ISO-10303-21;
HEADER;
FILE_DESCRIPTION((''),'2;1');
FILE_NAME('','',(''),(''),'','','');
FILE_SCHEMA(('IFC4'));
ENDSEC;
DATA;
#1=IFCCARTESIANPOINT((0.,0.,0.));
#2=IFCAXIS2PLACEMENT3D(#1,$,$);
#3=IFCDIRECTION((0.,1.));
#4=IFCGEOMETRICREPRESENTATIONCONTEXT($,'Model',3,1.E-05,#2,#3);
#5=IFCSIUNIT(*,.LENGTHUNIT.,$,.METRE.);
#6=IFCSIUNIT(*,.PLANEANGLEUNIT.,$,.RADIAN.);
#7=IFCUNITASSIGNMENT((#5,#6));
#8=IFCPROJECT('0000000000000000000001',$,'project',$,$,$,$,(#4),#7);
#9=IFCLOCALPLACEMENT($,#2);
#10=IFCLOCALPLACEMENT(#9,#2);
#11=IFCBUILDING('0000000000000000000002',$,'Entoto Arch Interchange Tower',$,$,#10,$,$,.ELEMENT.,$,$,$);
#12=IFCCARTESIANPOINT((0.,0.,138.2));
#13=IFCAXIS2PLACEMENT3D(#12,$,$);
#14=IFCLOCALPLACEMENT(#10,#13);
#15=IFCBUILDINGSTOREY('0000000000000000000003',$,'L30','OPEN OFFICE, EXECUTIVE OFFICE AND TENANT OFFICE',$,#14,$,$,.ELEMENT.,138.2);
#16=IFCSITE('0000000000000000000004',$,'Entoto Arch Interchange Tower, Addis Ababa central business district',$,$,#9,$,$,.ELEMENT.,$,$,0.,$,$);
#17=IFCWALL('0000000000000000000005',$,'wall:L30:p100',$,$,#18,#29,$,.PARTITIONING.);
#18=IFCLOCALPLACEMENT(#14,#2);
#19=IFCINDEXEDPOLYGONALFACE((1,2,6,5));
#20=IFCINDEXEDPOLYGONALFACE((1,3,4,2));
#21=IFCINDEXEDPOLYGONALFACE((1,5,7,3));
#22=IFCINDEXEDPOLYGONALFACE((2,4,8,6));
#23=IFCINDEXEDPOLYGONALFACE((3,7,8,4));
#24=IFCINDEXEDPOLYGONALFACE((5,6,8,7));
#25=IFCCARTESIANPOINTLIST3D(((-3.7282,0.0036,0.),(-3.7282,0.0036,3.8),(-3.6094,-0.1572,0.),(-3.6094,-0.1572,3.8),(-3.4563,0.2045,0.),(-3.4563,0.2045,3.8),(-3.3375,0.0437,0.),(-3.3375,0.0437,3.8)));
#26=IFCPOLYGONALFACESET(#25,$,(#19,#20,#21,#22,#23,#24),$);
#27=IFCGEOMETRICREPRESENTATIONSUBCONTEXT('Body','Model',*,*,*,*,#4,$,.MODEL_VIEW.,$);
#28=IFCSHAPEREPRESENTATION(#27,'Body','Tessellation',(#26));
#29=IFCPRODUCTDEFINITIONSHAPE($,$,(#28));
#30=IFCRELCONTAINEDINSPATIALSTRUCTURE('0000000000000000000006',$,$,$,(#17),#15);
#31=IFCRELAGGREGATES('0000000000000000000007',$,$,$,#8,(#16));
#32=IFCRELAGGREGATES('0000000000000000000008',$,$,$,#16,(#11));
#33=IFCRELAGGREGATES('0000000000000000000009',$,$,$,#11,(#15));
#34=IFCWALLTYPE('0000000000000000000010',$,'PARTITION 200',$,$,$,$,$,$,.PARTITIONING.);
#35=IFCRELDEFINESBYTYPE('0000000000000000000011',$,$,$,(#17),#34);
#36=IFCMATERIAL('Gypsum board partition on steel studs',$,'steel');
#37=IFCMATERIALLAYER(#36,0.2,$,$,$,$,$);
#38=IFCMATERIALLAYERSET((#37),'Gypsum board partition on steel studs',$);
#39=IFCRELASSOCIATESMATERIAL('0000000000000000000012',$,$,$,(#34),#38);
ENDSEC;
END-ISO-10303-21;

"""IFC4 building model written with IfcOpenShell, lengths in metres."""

from ifc_helpers import new_model, si_unit, direction, frame, frame_2d, origin, place, context, subcontext, project, spatial, rectangle, extrude, material, layer, layer_set, type_object, element, save


model = new_model("IFC4")

# Units and contexts
model_context = context("Model", 3, precision=1e-05, world=origin(), true_north=direction((0.0, 1.0)))
body_context = subcontext(model_context, "Body", "Model", "MODEL_VIEW")
ifc_project = project(units=[si_unit("LENGTHUNIT", "METRE"), si_unit("PLANEANGLEUNIT", "RADIAN")], contexts=[model_context])

# Site, building, storey
site_placement = place(None, origin())
site = spatial("IfcSite", under=ifc_project, at=site_placement, Name="Entoto Arch Interchange Tower, Addis Ababa central business district", CompositionType="ELEMENT", RefElevation=0.0)
building_placement = place(site_placement, origin())
building = spatial("IfcBuilding", under=site, at=building_placement, Name="Entoto Arch Interchange Tower", CompositionType="ELEMENT")
storey_placement = place(building_placement, frame((0.0, 0.0, 138.2)))
storey = spatial("IfcBuildingStorey", under=building, at=storey_placement, Name="L30", Description="OPEN OFFICE, EXECUTIVE OFFICE AND TENANT OFFICE", CompositionType="ELEMENT", Elevation=138.2)

# Shared definitions
ifc_material_1 = material(Name="Gypsum board partition on steel studs", Category="steel")
ifc_layer_1 = layer(ifc_material_1, 0.2)
ifc_layer_set_1 = layer_set([ifc_layer_1], Name="Gypsum board partition on steel studs")
wall_type_1 = type_object("IfcWallType", Name="PARTITION 200", PredefinedType="PARTITIONING", material=ifc_layer_set_1)

# Wall
wall_1_placement = place(storey_placement, frame((-3.397, 0.124, 0.0), z_axis=(0.0, 0.0, 1.0), x_axis=(-0.804311, -0.594208, 0.0)))
element("IfcWall", 1, at=wall_1_placement, inside=storey, type_object=wall_type_1, Name="wall:L30:p100", PredefinedType="PARTITIONING", context=body_context, shape_type="SweptSolid", body=[
    extrude(rectangle(XDim=0.3381, YDim=0.2, at=frame_2d((0.1689, 0.0))), origin(), (0.0, 0.0, 1.0), 3.8),
])

save(model, "model.ifc")
